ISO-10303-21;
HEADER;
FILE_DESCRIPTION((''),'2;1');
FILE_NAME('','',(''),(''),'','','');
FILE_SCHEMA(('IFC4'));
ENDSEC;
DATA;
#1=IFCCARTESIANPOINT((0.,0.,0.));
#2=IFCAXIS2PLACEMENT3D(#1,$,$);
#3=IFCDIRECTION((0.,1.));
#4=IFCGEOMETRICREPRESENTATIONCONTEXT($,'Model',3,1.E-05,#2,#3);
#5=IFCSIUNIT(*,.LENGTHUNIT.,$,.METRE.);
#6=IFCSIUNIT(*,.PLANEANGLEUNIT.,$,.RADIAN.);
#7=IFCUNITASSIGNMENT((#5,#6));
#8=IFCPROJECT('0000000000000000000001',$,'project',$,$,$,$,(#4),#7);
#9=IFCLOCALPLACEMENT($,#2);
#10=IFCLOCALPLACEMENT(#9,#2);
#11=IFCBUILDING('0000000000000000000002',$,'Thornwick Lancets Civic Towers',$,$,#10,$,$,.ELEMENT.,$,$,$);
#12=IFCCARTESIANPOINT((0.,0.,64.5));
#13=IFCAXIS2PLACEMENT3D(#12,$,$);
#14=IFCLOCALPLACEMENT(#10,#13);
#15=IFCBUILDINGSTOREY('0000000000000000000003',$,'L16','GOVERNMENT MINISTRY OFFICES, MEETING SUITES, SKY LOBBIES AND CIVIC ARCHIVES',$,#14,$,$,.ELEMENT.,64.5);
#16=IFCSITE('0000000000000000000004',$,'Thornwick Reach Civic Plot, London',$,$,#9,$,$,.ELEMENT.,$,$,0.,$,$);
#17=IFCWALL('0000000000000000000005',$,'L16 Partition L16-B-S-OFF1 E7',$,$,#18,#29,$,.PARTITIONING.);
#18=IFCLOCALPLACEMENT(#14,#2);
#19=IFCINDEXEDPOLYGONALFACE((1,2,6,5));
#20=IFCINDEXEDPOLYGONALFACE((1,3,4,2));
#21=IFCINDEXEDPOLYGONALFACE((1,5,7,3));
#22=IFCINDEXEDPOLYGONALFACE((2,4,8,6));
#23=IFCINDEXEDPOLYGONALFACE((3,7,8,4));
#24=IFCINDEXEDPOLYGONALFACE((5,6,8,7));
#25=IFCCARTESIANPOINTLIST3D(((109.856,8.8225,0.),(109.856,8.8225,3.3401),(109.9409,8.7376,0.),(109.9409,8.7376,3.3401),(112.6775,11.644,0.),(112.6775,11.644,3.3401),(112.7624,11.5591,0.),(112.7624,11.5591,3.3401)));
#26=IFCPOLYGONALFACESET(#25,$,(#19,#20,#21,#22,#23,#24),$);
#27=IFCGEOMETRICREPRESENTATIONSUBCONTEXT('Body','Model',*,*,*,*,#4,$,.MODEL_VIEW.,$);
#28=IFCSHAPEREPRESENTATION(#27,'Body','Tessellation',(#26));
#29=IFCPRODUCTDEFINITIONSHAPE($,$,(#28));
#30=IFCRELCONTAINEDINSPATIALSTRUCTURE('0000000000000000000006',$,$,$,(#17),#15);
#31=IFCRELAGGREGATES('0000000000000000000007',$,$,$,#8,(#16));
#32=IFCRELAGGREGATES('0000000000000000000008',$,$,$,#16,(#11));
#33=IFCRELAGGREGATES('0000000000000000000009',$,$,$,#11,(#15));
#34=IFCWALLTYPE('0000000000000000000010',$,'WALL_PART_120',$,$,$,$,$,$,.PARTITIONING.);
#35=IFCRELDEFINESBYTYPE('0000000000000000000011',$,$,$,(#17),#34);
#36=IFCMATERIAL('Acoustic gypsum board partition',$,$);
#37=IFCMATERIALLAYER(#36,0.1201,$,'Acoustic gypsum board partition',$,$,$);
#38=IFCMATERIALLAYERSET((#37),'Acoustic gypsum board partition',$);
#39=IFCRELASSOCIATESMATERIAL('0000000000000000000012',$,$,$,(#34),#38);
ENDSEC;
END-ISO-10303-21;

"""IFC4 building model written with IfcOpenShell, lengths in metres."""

from ifc_helpers import new_model, si_unit, direction, frame, frame_2d, origin, place, context, subcontext, project, spatial, rectangle, extrude, material, layer, layer_set, type_object, element, save


model = new_model("IFC4")

# Units and contexts
model_context = context("Model", 3, precision=1e-05, world=origin(), true_north=direction((0.0, 1.0)))
body_context = subcontext(model_context, "Body", "Model", "MODEL_VIEW")
ifc_project = project(units=[si_unit("LENGTHUNIT", "METRE"), si_unit("PLANEANGLEUNIT", "RADIAN")], contexts=[model_context])

# Site, building, storey
site_placement = place(None, origin())
site = spatial("IfcSite", under=ifc_project, at=site_placement, Name="Thornwick Reach Civic Plot, London", CompositionType="ELEMENT", RefElevation=0.0)
building_placement = place(site_placement, origin())
building = spatial("IfcBuilding", under=site, at=building_placement, Name="Thornwick Lancets Civic Towers", CompositionType="ELEMENT")
storey_placement = place(building_placement, frame((0.0, 0.0, 64.5)))
storey = spatial("IfcBuildingStorey", under=building, at=storey_placement, Name="L16", Description="GOVERNMENT MINISTRY OFFICES, MEETING SUITES, SKY LOBBIES AND CIVIC ARCHIVES", CompositionType="ELEMENT", Elevation=64.5)

# Wall
ifc_material_1 = material(Name="Acoustic gypsum board partition")
ifc_layer_1 = layer(ifc_material_1, 0.1201, Name="Acoustic gypsum board partition")
ifc_layer_set_1 = layer_set([ifc_layer_1], Name="Acoustic gypsum board partition")
wall_type_1 = type_object("IfcWallType", Name="WALL_PART_120", PredefinedType="PARTITIONING", material=ifc_layer_set_1)
wall_1_placement = place(storey_placement, frame((112.72, 11.6016, 0.0), z_axis=(0.0, 0.0, 1.0), x_axis=(-0.707107, -0.707107, 0.0)))
element("IfcWall", 1, at=wall_1_placement, inside=storey, type_object=wall_type_1, Name="L16 Partition L16-B-S-OFF1 E7", PredefinedType="PARTITIONING", context=body_context, shape_type="SweptSolid", body=[
    extrude(rectangle(XDim=3.9902, YDim=0.1201, at=frame_2d((1.9951, 0.0))), origin(), (0.0, 0.0, 1.0), 3.3401),
])

save(model, "model.ifc")
